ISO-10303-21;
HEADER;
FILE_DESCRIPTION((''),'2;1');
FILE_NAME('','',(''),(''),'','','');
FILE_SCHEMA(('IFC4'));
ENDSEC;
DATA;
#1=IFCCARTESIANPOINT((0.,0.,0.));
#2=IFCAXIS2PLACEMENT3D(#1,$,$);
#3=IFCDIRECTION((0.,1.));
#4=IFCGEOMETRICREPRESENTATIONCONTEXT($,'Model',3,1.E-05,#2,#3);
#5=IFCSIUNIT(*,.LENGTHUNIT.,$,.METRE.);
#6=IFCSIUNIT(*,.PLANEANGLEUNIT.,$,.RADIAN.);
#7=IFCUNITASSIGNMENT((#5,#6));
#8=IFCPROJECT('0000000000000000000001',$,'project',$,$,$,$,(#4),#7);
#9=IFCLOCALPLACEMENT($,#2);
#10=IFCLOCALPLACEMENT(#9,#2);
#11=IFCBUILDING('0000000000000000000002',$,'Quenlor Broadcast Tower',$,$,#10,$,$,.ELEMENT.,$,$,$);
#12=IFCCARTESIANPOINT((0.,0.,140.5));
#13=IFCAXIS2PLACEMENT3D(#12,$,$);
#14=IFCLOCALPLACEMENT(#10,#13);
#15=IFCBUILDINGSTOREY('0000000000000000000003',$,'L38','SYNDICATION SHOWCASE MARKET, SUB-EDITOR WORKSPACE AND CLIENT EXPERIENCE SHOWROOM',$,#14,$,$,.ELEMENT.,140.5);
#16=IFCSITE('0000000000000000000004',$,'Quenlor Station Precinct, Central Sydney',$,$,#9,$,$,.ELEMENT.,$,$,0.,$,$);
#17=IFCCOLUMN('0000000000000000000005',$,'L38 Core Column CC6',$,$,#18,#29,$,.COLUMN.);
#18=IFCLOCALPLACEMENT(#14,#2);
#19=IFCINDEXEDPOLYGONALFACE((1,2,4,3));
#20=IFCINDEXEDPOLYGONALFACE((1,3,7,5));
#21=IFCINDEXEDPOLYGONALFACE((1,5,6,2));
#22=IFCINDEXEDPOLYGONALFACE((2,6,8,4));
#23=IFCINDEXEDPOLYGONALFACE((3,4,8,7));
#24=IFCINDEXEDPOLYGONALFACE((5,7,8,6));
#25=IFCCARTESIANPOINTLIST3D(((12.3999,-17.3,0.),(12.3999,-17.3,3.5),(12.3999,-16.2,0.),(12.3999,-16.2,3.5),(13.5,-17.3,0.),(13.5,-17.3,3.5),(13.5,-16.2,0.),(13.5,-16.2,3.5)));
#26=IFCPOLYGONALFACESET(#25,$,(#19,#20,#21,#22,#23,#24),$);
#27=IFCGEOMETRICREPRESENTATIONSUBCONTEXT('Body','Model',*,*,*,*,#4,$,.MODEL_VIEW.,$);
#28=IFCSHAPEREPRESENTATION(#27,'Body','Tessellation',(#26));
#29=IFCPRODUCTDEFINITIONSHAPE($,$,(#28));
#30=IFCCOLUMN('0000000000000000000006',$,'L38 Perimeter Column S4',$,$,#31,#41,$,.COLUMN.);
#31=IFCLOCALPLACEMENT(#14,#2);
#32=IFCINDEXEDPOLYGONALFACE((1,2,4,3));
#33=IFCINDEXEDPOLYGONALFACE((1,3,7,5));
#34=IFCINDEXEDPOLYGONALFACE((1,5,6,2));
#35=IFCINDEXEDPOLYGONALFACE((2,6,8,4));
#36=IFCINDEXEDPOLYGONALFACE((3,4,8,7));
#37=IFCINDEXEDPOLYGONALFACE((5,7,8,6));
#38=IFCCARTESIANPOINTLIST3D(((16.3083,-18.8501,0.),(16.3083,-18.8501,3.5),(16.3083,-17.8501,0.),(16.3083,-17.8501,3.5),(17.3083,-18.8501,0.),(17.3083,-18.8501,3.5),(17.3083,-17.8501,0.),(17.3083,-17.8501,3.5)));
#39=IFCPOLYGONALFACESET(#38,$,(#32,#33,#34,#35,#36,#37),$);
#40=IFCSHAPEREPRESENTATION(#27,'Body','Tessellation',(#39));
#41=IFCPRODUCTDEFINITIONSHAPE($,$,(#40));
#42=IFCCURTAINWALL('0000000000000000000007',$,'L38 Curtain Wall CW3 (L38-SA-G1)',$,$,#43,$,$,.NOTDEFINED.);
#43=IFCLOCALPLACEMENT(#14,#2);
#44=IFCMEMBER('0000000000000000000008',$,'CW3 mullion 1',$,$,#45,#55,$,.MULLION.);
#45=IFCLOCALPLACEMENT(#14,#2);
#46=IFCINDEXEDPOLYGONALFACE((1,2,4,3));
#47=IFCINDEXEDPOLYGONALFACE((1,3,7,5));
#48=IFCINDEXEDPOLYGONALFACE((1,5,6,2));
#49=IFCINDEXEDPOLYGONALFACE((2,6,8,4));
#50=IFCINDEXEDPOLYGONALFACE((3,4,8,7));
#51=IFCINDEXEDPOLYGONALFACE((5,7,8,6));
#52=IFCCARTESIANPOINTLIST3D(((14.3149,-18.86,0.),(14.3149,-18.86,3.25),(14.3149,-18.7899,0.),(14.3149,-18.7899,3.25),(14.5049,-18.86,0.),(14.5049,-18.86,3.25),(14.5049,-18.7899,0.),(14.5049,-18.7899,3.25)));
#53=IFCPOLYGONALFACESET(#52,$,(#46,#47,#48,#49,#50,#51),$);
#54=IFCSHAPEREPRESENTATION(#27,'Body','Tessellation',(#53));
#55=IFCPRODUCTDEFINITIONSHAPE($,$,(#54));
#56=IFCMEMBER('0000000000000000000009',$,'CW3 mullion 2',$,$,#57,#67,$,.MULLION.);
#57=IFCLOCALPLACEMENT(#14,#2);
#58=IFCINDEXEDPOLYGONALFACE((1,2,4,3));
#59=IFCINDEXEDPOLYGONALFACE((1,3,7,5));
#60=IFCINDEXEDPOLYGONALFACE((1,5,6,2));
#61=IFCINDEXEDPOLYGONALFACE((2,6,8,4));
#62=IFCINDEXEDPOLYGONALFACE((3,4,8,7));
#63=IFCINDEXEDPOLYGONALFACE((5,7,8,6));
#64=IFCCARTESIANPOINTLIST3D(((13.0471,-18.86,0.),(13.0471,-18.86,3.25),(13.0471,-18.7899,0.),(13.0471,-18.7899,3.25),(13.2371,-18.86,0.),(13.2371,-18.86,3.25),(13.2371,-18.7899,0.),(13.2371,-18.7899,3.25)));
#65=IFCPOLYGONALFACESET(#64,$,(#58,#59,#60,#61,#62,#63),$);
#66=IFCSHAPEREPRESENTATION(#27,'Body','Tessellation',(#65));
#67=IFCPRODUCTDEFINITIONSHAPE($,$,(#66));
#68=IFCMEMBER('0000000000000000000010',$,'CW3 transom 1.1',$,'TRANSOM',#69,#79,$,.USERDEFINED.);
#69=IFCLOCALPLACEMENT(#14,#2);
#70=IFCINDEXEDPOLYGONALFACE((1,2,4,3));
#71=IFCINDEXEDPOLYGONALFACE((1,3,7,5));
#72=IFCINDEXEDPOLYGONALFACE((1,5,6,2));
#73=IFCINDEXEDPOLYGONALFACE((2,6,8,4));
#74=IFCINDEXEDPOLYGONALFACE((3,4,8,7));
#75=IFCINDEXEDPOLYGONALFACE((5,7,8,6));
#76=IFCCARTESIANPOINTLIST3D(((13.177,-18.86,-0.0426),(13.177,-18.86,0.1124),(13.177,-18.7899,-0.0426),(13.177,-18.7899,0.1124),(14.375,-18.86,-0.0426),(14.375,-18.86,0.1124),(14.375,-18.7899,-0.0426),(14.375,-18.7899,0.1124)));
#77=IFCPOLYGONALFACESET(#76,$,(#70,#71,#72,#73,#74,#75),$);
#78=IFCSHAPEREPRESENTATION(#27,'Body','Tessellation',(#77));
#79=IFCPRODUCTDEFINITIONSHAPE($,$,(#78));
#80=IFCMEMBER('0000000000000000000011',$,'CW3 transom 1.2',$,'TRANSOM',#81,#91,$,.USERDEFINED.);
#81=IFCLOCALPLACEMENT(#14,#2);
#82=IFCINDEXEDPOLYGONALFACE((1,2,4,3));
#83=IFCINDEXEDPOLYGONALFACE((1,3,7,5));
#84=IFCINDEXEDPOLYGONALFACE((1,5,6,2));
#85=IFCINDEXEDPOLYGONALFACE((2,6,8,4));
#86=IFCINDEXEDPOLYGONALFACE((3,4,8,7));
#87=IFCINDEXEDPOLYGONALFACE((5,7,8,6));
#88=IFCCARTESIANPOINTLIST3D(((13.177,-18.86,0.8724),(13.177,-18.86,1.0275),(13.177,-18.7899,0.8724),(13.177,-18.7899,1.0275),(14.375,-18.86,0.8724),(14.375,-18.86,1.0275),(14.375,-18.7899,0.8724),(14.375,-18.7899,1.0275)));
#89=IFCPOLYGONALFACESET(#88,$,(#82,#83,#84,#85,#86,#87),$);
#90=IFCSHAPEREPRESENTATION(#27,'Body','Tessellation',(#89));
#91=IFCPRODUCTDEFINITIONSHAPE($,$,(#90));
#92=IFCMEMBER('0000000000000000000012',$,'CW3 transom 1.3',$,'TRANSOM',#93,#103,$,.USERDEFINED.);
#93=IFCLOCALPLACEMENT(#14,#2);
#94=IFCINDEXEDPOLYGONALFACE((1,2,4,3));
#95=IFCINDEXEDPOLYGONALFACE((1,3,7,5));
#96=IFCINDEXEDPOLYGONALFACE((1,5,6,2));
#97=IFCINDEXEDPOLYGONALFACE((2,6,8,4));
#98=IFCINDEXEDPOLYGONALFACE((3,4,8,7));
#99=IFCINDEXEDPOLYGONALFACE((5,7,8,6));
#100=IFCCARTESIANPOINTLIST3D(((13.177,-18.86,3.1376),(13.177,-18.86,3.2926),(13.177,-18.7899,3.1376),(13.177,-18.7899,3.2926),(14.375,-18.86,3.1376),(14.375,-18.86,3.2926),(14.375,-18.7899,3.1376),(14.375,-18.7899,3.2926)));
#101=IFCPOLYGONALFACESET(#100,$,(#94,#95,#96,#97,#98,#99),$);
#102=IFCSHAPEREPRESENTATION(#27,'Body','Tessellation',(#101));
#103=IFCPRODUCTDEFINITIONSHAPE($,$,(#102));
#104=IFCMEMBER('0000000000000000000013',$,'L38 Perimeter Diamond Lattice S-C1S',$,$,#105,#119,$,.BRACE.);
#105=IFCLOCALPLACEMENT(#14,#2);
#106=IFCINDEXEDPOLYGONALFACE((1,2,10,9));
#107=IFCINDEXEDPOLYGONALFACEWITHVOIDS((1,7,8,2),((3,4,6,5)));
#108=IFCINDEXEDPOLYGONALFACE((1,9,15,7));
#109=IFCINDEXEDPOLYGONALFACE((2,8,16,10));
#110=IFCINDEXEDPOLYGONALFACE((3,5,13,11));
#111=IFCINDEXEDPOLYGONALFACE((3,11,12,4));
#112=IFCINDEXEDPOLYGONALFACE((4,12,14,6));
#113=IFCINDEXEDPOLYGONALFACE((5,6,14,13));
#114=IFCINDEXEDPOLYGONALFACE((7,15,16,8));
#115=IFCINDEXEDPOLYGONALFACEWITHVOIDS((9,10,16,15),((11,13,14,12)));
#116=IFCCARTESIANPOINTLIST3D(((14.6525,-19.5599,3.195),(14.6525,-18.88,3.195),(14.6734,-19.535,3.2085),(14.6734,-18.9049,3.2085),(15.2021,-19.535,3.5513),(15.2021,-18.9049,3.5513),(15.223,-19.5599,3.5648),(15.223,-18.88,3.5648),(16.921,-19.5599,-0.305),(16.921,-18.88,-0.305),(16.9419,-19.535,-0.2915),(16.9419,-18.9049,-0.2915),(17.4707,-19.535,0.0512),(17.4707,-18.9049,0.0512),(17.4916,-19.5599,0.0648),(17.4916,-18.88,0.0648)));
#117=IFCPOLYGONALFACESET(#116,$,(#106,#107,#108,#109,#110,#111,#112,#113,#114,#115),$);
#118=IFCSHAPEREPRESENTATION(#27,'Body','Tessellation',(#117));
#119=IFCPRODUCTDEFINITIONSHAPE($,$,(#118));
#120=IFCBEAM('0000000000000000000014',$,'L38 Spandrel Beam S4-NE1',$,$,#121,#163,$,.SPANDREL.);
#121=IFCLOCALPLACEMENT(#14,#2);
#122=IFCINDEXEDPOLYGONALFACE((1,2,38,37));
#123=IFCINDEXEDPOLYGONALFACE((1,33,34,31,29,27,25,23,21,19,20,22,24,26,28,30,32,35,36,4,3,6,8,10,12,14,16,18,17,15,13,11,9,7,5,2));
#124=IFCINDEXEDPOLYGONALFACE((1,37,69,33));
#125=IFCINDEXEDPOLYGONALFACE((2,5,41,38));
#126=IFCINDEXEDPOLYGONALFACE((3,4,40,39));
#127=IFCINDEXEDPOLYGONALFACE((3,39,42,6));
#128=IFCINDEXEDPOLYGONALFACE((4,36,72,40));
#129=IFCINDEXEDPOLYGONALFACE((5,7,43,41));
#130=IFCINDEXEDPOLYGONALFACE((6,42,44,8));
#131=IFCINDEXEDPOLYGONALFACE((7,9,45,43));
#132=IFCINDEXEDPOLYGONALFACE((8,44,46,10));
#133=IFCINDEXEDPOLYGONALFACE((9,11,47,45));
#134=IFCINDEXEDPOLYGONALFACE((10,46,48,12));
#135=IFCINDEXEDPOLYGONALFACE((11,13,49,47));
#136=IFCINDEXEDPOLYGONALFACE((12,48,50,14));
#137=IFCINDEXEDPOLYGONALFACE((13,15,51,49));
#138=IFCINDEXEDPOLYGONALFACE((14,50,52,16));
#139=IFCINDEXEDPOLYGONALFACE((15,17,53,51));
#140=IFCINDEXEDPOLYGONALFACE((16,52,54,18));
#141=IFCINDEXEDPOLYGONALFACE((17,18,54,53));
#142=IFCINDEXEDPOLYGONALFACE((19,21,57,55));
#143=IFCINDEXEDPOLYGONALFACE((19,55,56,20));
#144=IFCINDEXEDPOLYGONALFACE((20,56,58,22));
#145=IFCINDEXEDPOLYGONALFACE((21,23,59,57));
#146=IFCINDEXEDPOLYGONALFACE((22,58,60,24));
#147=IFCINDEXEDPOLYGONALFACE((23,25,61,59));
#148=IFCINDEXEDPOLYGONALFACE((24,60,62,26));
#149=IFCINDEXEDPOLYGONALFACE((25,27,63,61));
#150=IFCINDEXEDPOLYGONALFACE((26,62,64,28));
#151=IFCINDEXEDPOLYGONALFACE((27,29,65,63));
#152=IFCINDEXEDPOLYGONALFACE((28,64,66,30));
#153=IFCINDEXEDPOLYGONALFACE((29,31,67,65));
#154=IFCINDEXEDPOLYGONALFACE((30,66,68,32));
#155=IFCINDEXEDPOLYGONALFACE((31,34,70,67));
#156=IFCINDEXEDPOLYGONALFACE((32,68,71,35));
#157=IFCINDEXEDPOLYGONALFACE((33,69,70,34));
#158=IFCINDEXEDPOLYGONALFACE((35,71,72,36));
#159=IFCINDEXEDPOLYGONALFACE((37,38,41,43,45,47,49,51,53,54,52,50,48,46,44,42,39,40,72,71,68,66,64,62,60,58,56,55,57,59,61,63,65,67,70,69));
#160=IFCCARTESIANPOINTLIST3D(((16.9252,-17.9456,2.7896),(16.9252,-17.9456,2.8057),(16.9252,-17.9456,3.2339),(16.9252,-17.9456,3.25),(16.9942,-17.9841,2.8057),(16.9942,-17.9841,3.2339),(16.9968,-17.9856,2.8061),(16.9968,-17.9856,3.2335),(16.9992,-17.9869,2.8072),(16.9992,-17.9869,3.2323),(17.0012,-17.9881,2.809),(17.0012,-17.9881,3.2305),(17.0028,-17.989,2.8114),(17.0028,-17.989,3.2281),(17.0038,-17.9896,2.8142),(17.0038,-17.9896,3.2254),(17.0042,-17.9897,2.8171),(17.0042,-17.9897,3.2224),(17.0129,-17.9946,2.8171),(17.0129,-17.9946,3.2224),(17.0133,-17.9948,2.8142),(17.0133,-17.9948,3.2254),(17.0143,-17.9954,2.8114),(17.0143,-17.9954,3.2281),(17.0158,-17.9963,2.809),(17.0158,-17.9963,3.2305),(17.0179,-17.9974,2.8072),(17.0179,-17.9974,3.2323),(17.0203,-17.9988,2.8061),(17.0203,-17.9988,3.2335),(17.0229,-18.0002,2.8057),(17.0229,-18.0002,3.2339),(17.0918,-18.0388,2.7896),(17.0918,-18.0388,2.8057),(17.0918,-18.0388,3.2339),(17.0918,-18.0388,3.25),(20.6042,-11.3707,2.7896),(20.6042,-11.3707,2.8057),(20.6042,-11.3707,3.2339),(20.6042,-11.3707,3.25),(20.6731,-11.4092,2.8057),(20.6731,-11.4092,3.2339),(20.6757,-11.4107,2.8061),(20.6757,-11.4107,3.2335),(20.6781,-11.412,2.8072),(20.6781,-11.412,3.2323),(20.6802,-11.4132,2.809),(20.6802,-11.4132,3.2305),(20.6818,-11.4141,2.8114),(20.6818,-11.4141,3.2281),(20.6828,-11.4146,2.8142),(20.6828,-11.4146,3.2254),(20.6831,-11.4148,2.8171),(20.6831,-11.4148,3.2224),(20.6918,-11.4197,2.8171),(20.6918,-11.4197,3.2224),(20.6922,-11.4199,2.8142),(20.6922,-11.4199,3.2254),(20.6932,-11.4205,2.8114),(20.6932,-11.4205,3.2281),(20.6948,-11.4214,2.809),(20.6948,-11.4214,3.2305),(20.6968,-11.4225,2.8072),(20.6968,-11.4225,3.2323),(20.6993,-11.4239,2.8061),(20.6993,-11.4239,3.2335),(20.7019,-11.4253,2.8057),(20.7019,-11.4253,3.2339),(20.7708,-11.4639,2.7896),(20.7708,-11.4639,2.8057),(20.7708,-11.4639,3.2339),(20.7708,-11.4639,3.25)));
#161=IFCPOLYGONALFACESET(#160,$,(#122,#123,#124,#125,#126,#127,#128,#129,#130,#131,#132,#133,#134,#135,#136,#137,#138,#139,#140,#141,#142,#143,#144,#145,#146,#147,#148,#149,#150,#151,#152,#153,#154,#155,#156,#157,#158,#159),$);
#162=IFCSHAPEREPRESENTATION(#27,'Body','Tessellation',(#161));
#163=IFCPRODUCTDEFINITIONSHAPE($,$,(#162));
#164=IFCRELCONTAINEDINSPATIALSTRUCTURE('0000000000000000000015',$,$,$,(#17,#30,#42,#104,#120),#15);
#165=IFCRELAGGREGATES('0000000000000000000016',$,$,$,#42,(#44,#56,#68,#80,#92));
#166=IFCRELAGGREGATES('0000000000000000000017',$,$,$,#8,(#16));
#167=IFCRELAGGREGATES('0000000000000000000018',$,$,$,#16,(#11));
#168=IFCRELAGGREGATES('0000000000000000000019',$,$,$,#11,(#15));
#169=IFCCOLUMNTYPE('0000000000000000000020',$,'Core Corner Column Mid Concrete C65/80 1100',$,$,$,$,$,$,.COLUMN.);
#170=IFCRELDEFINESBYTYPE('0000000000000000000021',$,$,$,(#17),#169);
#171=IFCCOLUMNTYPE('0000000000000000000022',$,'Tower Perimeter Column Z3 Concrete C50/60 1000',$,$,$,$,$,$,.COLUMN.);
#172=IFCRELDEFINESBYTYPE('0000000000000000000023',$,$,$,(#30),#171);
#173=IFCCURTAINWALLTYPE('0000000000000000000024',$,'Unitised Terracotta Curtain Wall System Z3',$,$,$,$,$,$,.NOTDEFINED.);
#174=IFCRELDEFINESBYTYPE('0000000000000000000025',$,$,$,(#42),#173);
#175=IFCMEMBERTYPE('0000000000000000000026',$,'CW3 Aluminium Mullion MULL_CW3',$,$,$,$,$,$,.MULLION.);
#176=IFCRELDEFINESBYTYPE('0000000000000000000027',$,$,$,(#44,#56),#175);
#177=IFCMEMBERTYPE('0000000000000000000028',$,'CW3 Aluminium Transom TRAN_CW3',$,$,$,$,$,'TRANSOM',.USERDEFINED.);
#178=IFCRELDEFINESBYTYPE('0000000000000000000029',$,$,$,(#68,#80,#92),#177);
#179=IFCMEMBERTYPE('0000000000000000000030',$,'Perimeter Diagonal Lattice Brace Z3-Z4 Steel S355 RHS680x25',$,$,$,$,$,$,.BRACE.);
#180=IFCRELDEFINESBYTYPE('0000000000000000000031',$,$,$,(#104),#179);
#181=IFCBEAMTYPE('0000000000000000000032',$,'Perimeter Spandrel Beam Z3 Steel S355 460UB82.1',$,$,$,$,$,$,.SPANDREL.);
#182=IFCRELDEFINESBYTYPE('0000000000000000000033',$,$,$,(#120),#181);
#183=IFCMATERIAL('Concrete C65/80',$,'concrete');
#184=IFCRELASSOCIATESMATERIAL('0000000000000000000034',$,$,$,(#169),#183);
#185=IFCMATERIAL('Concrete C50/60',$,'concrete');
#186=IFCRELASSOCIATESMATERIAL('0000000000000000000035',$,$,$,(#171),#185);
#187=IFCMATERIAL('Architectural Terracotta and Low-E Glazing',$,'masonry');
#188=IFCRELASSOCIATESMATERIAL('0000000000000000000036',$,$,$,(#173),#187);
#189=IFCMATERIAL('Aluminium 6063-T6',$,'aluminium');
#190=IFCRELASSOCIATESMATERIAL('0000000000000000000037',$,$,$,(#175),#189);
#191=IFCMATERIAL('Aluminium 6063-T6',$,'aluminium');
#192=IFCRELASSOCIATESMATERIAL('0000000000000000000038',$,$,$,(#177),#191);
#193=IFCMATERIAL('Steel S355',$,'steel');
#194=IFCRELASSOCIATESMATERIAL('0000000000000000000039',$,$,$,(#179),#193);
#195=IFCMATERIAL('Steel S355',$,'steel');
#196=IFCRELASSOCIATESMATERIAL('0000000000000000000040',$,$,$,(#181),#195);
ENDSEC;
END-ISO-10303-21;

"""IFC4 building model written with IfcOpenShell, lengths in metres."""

from ifc_helpers import new_model, si_unit, direction, frame, origin, origin_2d, place, context, subcontext, project, spatial, rectangle, hollow_rectangle, i_section, extrude, material, material_profile, profile_set, type_object, element, aggregate, save


model = new_model("IFC4")

# Units and contexts
model_context = context("Model", 3, precision=1e-05, world=origin(), true_north=direction((0.0, 1.0)))
body_context = subcontext(model_context, "Body", "Model", "MODEL_VIEW")
ifc_project = project(units=[si_unit("LENGTHUNIT", "METRE"), si_unit("PLANEANGLEUNIT", "RADIAN")], contexts=[model_context])

# Site, building, storey
site_placement = place(None, origin())
site = spatial("IfcSite", under=ifc_project, at=site_placement, Name="Quenlor Station Precinct, Central Sydney", CompositionType="ELEMENT", RefElevation=0.0)
building_placement = place(site_placement, origin())
building = spatial("IfcBuilding", under=site, at=building_placement, Name="Quenlor Broadcast Tower", CompositionType="ELEMENT")
storey_placement = place(building_placement, frame((0.0, 0.0, 140.5)))
storey = spatial("IfcBuildingStorey", under=building, at=storey_placement, Name="L38", Description="SYNDICATION SHOWCASE MARKET, SUB-EDITOR WORKSPACE AND CLIENT EXPERIENCE SHOWROOM", CompositionType="ELEMENT", Elevation=140.5)

# Columns
ifc_material_1 = material(Name="Concrete C65/80", Category="concrete")
ifc_material_profile_1 = material_profile(ifc_material_1, rectangle(XDim=1.1001, YDim=1.1001, at=origin_2d()))
ifc_profile_set_1 = profile_set([ifc_material_profile_1], Name="Concrete C65/80 RC1100x1100")
column_type_1 = type_object("IfcColumnType", Name="Core Corner Column Mid Concrete C65/80 1100", PredefinedType="COLUMN", material=ifc_profile_set_1)
column_1_placement = place(storey_placement, frame((12.95, -16.75, 0.0), z_axis=(0.0, 0.0, 1.0), x_axis=(1.0, 0.0, 0.0)))
element("IfcColumn", 1, at=column_1_placement, inside=storey, type_object=column_type_1, Name="L38 Core Column CC6", PredefinedType="COLUMN", context=body_context, shape_type="SweptSolid", body=[
    extrude(rectangle(XDim=1.1001, YDim=1.1001, at=origin_2d()), origin(), (0.0, 0.0, 1.0), 3.5),
])
ifc_material_2 = material(Name="Concrete C50/60", Category="concrete")
ifc_material_profile_2 = material_profile(ifc_material_2, rectangle(XDim=1.0, YDim=1.0, at=origin_2d()))
ifc_profile_set_2 = profile_set([ifc_material_profile_2], Name="Concrete C50/60 RC1000x1000")
column_type_2 = type_object("IfcColumnType", Name="Tower Perimeter Column Z3 Concrete C50/60 1000", PredefinedType="COLUMN", material=ifc_profile_set_2)
column_2_placement = place(storey_placement, frame((16.8083, -18.3501, 0.0), z_axis=(0.0, 0.0, 1.0), x_axis=(0.0, 1.0, 0.0)))
element("IfcColumn", 2, at=column_2_placement, inside=storey, type_object=column_type_2, Name="L38 Perimeter Column S4", PredefinedType="COLUMN", context=body_context, shape_type="SweptSolid", body=[
    extrude(rectangle(XDim=1.0, YDim=1.0, at=origin_2d()), origin(), (0.0, 0.0, 1.0), 3.5),
])

# Curtain wall, members
ifc_material_3 = material(Name="Architectural Terracotta and Low-E Glazing", Category="masonry")
curtain_wall_type = type_object("IfcCurtainWallType", Name="Unitised Terracotta Curtain Wall System Z3", PredefinedType="NOTDEFINED", material=ifc_material_3)
curtain_wall_placement = place(storey_placement, origin())
curtain_wall = element("IfcCurtainWall", 3, at=curtain_wall_placement, inside=storey, type_object=curtain_wall_type, Name="L38 Curtain Wall CW3 (L38-SA-G1)", PredefinedType="NOTDEFINED")
ifc_material_4 = material(Name="Aluminium 6063-T6", Category="aluminium")
ifc_material_profile_3 = material_profile(ifc_material_4, rectangle(XDim=0.0701, YDim=0.1899, at=origin_2d()))
ifc_profile_set_3 = profile_set([ifc_material_profile_3], Name="Aluminium 6063-T6 MULL70x190")
member_type_1 = type_object("IfcMemberType", Name="CW3 Aluminium Mullion MULL_CW3", PredefinedType="MULLION", material=ifc_profile_set_3)
member_1_placement = place(storey_placement, frame((14.4099, -18.825, 0.0), z_axis=(0.0, 0.0, 1.0), x_axis=(0.0, -1.0, 0.0)))
member_1 = element("IfcMember", 4, at=member_1_placement, type_object=member_type_1, Name="CW3 mullion 1", PredefinedType="MULLION", context=body_context, shape_type="SweptSolid", body=[
    extrude(rectangle(XDim=0.0701, YDim=0.1899, at=origin_2d()), origin(), (0.0, 0.0, 1.0), 3.25),
])
member_2_placement = place(storey_placement, frame((13.1421, -18.825, 0.0), z_axis=(0.0, 0.0, 1.0), x_axis=(0.0, -1.0, 0.0)))
member_2 = element("IfcMember", 5, at=member_2_placement, type_object=member_type_1, Name="CW3 mullion 2", PredefinedType="MULLION", context=body_context, shape_type="SweptSolid", body=[
    extrude(rectangle(XDim=0.0701, YDim=0.1899, at=origin_2d()), origin(), (0.0, 0.0, 1.0), 3.25),
])
ifc_material_5 = material(Name="Aluminium 6063-T6", Category="aluminium")
ifc_material_profile_4 = material_profile(ifc_material_5, rectangle(XDim=0.0701, YDim=0.155, at=origin_2d()))
ifc_profile_set_4 = profile_set([ifc_material_profile_4], Name="Aluminium 6063-T6 TRAN70x155")
member_type_2 = type_object("IfcMemberType", Name="CW3 Aluminium Transom TRAN_CW3", ElementType="TRANSOM", PredefinedType="USERDEFINED", material=ifc_profile_set_4)
member_3_placement = place(storey_placement, frame((14.375, -18.825, 0.0349), z_axis=(-1.0, 0.0, 0.0), x_axis=(0.0, -1.0, 0.0)))
member_3 = element("IfcMember", 6, at=member_3_placement, type_object=member_type_2, Name="CW3 transom 1.1", ObjectType="TRANSOM", PredefinedType="USERDEFINED", context=body_context, shape_type="SweptSolid", body=[
    extrude(rectangle(XDim=0.0701, YDim=0.155, at=origin_2d()), origin(), (0.0, 0.0, 1.0), 1.198),
])
member_4_placement = place(storey_placement, frame((14.375, -18.825, 0.95), z_axis=(-1.0, 0.0, 0.0), x_axis=(0.0, -1.0, 0.0)))
member_4 = element("IfcMember", 7, at=member_4_placement, type_object=member_type_2, Name="CW3 transom 1.2", ObjectType="TRANSOM", PredefinedType="USERDEFINED", context=body_context, shape_type="SweptSolid", body=[
    extrude(rectangle(XDim=0.0701, YDim=0.155, at=origin_2d()), origin(), (0.0, 0.0, 1.0), 1.198),
])
member_5_placement = place(storey_placement, frame((14.375, -18.825, 3.2151), z_axis=(-1.0, 0.0, 0.0), x_axis=(0.0, -1.0, 0.0)))
member_5 = element("IfcMember", 8, at=member_5_placement, type_object=member_type_2, Name="CW3 transom 1.3", ObjectType="TRANSOM", PredefinedType="USERDEFINED", context=body_context, shape_type="SweptSolid", body=[
    extrude(rectangle(XDim=0.0701, YDim=0.155, at=origin_2d()), origin(), (0.0, 0.0, 1.0), 1.198),
])

# Member
ifc_material_6 = material(Name="Steel S355", Category="steel")
ifc_material_profile_5 = material_profile(ifc_material_6, hollow_rectangle(XDim=0.6799, YDim=0.6799, WallThickness=0.0249, at=origin_2d()))
ifc_profile_set_5 = profile_set([ifc_material_profile_5], Name="Steel S355 RHS680x680x25")
member_type_3 = type_object("IfcMemberType", Name="Perimeter Diagonal Lattice Brace Z3-Z4 Steel S355 RHS680x25", PredefinedType="BRACE", material=ifc_profile_set_5)
member_6_placement = place(storey_placement, frame((17.2063, -19.22, -0.1201), z_axis=(-0.543902, 0.0, 0.839149), x_axis=(0.0, -1.0, 0.0)))
element("IfcMember", 9, at=member_6_placement, inside=storey, type_object=member_type_3, Name="L38 Perimeter Diamond Lattice S-C1S", PredefinedType="BRACE", context=body_context, shape_type="SweptSolid", body=[
    extrude(hollow_rectangle(XDim=0.6799, YDim=0.6799, WallThickness=0.0249, at=origin_2d()), origin(), (0.0, 0.0, 1.0), 4.1709),
])

# Beam
ifc_material_7 = material(Name="Steel S355", Category="steel")
ifc_material_profile_6 = material_profile(ifc_material_7, i_section(OverallWidth=0.1909, OverallDepth=0.4604, WebThickness=0.01, FlangeThickness=0.0161, FilletRadius=0.0115, at=origin_2d()))
ifc_profile_set_6 = profile_set([ifc_material_profile_6], Name="Steel S355 460UB82.1")
beam_type_1 = type_object("IfcBeamType", Name="Perimeter Spandrel Beam Z3 Steel S355 460UB82.1", PredefinedType="SPANDREL", material=ifc_profile_set_6)
beam_1_placement = place(storey_placement, frame((17.0085, -17.9922, 3.0198), z_axis=(0.488298, 0.872677, 0.0), x_axis=(-0.872677, 0.488298, 0.0)))
element("IfcBeam", 10, at=beam_1_placement, inside=storey, type_object=beam_type_1, Name="L38 Spandrel Beam S4-NE1", PredefinedType="SPANDREL", context=body_context, shape_type="SweptSolid", body=[
    extrude(i_section(OverallWidth=0.1909, OverallDepth=0.4604, WebThickness=0.01, FlangeThickness=0.0161, FilletRadius=0.0115, at=origin_2d()), origin(), (0.0, 0.0, 1.0), 7.5342),
])

aggregate(curtain_wall, [member_1, member_2, member_3, member_4, member_5])

save(model, "model.ifc")
